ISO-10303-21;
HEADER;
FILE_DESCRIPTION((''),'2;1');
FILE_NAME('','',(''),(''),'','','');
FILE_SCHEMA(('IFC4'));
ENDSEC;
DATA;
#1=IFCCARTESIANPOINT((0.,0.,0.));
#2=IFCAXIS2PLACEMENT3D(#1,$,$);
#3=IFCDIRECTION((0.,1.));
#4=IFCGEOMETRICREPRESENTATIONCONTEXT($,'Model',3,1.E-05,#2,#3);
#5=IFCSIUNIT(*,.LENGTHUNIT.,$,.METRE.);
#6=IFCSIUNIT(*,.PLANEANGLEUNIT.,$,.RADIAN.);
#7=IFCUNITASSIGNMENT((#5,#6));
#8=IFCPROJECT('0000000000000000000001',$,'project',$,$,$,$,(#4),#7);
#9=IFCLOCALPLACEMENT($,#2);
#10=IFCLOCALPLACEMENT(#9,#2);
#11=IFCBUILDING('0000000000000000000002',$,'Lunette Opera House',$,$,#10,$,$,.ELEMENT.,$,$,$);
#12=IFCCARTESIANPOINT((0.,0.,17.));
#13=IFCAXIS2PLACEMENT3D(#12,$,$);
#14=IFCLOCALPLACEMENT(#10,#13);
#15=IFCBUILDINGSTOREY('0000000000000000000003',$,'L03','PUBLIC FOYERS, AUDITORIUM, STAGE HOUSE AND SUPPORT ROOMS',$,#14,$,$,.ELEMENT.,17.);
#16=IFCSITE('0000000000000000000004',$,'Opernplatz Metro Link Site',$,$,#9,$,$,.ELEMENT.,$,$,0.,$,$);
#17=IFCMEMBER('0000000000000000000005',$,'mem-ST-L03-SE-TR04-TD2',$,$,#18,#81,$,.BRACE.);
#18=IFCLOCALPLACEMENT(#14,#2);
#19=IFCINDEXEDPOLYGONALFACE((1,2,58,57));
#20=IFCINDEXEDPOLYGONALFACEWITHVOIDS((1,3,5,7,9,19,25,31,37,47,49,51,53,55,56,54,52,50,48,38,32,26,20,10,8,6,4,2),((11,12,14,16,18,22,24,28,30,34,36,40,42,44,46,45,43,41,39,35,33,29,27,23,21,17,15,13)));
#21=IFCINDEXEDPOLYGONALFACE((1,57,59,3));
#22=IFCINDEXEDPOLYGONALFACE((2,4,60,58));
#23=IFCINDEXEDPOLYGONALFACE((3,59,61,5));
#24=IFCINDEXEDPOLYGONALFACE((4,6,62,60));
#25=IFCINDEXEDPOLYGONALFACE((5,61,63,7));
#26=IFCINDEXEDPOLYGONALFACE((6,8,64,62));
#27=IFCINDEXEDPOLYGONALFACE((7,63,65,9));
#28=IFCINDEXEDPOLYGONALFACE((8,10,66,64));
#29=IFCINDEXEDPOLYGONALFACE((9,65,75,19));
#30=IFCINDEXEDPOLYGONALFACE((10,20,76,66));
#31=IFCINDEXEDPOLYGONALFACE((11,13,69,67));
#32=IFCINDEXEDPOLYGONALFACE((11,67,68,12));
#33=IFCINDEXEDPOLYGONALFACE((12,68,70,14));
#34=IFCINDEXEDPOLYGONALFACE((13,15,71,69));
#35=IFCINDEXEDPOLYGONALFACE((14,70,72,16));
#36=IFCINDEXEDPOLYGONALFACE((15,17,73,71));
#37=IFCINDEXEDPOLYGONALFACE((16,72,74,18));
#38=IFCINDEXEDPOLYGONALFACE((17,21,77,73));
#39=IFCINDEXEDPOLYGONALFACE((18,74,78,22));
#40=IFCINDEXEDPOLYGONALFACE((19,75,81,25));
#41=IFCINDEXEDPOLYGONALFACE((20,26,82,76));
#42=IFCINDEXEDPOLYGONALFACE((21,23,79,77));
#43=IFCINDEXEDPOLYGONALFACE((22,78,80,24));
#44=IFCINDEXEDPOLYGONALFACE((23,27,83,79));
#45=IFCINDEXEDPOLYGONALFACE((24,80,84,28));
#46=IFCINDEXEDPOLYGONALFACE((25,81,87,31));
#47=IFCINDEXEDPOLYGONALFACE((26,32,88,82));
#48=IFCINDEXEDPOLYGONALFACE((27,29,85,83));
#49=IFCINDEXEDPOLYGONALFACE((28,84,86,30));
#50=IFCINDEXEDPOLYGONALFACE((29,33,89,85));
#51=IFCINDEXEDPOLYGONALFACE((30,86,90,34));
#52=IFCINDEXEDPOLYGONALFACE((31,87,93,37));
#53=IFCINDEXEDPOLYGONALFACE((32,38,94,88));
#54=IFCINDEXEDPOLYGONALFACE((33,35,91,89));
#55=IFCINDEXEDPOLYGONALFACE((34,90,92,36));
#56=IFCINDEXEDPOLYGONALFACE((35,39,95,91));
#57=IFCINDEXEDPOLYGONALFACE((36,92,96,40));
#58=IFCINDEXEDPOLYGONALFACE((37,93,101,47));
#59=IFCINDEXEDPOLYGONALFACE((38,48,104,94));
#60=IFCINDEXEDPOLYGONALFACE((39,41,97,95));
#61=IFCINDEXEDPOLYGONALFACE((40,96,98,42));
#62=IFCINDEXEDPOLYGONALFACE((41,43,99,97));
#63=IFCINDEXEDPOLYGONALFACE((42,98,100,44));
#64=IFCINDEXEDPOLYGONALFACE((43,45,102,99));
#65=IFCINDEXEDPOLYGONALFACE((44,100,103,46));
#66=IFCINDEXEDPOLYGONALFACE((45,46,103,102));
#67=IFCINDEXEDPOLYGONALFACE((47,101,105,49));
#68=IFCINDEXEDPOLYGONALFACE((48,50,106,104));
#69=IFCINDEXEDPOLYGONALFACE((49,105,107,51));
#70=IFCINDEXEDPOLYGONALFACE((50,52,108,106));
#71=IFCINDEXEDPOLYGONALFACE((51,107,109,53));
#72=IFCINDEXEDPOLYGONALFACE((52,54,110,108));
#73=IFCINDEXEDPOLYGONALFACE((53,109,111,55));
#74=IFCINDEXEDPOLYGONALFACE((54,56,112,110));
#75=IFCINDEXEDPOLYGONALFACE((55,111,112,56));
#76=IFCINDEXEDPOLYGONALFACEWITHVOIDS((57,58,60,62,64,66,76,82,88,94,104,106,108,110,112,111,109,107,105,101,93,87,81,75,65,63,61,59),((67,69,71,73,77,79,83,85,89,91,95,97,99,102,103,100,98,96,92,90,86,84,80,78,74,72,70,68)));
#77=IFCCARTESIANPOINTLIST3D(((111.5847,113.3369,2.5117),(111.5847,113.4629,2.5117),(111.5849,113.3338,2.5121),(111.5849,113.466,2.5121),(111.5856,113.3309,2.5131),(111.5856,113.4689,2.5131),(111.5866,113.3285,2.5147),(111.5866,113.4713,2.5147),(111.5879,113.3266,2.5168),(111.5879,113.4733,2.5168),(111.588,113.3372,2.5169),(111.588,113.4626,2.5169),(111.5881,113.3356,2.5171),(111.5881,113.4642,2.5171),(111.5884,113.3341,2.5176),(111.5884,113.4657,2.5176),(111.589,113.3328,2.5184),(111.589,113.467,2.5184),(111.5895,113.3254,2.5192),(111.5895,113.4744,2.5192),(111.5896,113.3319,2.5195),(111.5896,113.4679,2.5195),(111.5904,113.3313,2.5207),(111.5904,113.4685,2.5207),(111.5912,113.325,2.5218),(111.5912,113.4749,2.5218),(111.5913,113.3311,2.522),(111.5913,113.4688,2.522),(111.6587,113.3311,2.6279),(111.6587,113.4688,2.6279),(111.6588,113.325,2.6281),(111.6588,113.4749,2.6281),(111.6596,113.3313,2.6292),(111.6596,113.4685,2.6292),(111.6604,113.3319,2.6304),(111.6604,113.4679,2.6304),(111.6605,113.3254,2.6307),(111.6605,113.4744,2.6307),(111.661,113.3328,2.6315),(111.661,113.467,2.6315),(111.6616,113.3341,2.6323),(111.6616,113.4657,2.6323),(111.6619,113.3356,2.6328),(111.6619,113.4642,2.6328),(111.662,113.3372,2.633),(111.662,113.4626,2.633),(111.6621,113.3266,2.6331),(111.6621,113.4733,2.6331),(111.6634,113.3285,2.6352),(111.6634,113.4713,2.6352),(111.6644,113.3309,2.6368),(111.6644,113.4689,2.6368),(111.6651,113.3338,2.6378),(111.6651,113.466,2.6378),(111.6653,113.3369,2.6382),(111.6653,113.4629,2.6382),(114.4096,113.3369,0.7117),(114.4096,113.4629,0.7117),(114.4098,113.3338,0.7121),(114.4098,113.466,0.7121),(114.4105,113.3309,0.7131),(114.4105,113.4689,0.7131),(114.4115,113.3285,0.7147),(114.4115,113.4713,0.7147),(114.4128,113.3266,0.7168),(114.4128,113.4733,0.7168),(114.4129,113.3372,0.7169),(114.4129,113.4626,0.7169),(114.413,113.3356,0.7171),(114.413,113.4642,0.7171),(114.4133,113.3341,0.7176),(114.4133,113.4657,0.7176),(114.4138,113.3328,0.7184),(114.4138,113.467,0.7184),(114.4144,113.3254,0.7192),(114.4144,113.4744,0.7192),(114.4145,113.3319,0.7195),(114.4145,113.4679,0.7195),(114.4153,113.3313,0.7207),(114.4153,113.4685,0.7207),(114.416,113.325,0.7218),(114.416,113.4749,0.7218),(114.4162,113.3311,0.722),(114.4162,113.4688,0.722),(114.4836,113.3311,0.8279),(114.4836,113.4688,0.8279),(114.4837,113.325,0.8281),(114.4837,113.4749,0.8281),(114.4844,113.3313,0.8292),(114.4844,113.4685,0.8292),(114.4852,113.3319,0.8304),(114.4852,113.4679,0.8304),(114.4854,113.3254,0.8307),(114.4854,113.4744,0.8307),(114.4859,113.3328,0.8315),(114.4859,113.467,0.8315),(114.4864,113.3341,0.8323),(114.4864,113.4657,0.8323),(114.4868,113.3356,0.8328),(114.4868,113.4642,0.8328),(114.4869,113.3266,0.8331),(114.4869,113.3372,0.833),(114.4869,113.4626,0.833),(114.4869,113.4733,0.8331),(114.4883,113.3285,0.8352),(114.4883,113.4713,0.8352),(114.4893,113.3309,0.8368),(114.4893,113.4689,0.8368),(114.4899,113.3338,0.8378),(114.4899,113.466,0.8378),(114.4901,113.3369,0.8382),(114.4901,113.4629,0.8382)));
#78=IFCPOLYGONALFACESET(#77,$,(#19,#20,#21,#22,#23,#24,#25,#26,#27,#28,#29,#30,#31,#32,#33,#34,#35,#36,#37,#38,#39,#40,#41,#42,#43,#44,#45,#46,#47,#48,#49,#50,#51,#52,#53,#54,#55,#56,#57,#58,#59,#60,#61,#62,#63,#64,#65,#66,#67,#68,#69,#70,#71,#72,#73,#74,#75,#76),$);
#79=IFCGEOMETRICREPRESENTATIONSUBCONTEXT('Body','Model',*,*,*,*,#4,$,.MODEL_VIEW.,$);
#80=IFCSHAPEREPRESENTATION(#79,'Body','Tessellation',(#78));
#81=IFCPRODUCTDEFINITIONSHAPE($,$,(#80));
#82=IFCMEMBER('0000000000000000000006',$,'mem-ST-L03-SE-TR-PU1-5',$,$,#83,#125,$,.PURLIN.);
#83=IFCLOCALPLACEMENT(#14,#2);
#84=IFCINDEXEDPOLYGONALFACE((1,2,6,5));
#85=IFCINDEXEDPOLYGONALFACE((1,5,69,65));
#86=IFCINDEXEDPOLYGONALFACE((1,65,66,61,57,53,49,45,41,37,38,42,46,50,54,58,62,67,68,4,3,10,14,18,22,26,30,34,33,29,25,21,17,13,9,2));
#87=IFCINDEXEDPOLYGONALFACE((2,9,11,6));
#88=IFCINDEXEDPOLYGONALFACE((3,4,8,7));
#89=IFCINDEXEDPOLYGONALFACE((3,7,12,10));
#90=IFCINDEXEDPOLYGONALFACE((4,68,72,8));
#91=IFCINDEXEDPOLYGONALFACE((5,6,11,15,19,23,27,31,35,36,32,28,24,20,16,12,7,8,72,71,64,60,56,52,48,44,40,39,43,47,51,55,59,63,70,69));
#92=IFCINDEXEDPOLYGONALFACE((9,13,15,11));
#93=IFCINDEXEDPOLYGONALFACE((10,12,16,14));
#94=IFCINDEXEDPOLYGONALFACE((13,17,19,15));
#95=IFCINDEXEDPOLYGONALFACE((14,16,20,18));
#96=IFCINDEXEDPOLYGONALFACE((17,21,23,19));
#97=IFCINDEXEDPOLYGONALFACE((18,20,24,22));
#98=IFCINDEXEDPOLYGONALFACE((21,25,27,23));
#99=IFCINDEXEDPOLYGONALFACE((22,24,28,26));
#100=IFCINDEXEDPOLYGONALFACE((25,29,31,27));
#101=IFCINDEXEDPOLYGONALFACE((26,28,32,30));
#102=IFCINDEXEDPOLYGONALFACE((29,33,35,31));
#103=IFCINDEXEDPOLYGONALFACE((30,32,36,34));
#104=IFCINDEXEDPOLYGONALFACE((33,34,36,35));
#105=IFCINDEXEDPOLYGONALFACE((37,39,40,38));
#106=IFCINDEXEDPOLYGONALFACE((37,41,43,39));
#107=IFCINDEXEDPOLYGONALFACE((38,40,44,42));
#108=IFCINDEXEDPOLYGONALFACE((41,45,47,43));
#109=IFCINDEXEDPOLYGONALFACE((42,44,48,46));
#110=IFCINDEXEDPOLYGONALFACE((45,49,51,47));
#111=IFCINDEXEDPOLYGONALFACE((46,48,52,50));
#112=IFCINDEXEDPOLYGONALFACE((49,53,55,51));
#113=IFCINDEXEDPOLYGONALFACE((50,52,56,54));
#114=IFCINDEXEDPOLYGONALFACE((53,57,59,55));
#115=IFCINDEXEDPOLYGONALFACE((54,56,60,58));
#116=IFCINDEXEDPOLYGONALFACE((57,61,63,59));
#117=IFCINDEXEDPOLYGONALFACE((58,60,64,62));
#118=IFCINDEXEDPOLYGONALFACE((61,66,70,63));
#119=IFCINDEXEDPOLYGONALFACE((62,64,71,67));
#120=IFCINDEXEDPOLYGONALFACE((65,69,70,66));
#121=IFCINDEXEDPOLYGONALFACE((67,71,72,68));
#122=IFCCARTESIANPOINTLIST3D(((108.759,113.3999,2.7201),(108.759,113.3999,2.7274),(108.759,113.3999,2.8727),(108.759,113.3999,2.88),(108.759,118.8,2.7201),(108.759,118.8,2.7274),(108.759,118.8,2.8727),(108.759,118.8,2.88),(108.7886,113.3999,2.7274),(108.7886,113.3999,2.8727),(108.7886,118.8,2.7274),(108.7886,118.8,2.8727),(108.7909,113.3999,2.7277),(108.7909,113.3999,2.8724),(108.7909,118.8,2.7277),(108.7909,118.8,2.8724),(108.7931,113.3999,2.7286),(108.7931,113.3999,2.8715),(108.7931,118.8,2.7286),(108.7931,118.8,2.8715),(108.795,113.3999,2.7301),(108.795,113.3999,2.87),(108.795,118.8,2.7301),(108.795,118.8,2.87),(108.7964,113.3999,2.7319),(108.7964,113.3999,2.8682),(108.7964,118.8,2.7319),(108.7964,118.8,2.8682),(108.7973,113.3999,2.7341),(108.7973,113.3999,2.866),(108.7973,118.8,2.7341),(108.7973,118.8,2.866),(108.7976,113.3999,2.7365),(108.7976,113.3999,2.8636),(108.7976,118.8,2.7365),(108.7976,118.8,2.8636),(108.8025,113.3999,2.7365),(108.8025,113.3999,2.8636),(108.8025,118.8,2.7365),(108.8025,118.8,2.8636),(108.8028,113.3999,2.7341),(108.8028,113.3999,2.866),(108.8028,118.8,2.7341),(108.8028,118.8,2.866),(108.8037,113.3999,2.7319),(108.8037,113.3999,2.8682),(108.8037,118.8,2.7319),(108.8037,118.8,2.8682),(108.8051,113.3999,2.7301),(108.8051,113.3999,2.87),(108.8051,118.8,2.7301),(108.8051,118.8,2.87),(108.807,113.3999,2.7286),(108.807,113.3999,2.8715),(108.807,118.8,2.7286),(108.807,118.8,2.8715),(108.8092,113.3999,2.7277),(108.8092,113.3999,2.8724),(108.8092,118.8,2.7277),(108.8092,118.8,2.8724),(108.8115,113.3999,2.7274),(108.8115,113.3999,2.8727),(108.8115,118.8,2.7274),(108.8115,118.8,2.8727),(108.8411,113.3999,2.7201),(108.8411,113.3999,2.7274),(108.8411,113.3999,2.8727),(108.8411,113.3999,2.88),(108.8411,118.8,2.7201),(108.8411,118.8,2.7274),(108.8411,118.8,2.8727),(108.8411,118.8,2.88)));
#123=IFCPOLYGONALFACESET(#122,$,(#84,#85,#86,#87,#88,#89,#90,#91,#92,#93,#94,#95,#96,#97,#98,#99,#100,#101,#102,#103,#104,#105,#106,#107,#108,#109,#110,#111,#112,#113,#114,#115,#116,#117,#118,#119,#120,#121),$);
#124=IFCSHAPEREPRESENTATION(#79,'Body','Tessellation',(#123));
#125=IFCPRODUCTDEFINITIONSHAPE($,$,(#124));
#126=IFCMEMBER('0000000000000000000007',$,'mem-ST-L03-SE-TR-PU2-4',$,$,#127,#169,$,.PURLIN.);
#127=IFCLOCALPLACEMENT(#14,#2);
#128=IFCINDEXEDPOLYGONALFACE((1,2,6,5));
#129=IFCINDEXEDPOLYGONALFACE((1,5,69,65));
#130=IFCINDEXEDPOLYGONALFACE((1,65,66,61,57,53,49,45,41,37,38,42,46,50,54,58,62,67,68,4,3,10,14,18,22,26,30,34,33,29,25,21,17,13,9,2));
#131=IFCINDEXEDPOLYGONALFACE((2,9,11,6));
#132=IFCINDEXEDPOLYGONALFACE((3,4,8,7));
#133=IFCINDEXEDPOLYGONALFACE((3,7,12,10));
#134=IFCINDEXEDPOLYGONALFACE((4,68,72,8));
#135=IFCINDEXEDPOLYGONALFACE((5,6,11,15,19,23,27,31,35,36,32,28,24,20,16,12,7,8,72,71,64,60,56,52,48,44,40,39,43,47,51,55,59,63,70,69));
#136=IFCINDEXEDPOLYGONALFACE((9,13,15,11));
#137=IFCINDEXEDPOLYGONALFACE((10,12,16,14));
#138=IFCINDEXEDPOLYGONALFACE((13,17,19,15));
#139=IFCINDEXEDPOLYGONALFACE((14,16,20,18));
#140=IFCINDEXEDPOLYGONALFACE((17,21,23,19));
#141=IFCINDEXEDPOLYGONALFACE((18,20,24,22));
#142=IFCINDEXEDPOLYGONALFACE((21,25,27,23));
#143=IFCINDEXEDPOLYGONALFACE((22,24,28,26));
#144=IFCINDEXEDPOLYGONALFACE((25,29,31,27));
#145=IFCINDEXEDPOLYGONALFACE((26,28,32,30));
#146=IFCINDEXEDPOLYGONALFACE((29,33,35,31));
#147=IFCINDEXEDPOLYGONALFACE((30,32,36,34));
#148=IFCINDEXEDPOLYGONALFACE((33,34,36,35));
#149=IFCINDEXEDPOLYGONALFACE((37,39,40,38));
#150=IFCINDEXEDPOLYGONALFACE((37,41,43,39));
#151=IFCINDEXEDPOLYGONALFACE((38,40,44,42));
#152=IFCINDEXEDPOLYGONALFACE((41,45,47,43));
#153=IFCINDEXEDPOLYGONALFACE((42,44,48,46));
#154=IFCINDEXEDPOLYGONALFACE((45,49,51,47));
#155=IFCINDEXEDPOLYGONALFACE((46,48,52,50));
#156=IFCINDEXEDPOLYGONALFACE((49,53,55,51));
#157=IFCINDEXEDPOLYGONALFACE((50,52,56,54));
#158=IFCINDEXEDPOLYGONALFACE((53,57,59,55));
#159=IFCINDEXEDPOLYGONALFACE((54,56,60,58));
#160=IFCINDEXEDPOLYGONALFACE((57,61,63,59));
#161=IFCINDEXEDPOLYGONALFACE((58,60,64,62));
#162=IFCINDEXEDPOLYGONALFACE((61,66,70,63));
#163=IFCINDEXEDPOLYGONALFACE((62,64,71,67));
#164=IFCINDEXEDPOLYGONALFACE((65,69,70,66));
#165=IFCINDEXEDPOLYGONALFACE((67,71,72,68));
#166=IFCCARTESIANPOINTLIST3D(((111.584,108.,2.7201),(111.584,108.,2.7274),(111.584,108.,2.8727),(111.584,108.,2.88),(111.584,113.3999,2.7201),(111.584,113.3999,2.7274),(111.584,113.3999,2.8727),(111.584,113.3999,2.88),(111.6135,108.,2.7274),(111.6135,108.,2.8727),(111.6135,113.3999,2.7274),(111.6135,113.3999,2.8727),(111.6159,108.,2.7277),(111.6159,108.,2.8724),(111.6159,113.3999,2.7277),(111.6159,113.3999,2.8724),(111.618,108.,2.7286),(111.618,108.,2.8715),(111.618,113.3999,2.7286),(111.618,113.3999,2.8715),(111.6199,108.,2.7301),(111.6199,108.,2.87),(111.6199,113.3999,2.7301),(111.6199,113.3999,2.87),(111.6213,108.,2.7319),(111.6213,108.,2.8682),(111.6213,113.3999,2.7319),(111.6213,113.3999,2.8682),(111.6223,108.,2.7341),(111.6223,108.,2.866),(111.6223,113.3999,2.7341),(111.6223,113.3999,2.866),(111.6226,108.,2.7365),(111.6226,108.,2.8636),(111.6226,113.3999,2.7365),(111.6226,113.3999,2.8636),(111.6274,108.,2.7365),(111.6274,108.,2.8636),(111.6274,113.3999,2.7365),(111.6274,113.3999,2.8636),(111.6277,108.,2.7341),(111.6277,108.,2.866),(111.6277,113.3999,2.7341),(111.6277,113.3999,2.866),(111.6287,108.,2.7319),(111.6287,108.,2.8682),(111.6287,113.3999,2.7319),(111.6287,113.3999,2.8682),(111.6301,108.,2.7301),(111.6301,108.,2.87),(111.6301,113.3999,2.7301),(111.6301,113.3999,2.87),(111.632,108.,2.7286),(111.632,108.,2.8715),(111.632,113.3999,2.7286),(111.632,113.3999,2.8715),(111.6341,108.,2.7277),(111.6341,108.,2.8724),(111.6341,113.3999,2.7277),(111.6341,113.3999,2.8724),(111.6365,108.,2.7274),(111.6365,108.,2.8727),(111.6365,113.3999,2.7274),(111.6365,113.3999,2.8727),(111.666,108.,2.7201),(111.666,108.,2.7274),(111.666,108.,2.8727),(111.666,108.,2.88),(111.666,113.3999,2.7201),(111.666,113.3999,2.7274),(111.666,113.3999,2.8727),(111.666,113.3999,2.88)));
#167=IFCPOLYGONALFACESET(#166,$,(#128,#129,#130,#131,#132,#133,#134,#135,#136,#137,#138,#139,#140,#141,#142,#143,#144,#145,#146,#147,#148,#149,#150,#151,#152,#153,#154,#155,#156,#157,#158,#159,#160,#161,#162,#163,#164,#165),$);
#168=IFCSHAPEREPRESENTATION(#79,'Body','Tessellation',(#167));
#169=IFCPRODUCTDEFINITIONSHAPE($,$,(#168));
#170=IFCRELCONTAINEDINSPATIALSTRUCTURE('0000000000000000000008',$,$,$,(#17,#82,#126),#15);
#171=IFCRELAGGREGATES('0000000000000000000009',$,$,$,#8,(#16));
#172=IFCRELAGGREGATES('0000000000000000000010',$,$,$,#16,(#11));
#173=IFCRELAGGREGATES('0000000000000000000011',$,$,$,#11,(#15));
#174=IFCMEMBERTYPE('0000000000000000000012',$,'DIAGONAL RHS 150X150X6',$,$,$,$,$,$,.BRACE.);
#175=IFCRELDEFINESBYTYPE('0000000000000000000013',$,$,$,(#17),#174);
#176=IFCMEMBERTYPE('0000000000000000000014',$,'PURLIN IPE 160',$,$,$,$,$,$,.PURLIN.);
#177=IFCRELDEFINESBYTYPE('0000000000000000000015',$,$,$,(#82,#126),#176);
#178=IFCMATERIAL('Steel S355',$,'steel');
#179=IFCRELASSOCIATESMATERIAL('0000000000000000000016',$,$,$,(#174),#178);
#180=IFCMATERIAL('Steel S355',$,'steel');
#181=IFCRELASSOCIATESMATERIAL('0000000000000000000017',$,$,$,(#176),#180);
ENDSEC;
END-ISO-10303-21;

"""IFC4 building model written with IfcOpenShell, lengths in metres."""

from ifc_helpers import new_model, si_unit, direction, frame, origin, origin_2d, place, context, subcontext, project, spatial, hollow_rectangle, i_section, extrude, material, material_profile, profile_set, type_object, element, save


model = new_model("IFC4")

# Units and contexts
model_context = context("Model", 3, precision=1e-05, world=origin(), true_north=direction((0.0, 1.0)))
body_context = subcontext(model_context, "Body", "Model", "MODEL_VIEW")
ifc_project = project(units=[si_unit("LENGTHUNIT", "METRE"), si_unit("PLANEANGLEUNIT", "RADIAN")], contexts=[model_context])

# Site, building, storey
site_placement = place(None, origin())
site = spatial("IfcSite", under=ifc_project, at=site_placement, Name="Opernplatz Metro Link Site", CompositionType="ELEMENT", RefElevation=0.0)
building_placement = place(site_placement, origin())
building = spatial("IfcBuilding", under=site, at=building_placement, Name="Lunette Opera House", CompositionType="ELEMENT")
storey_placement = place(building_placement, frame((0.0, 0.0, 17.0)))
storey = spatial("IfcBuildingStorey", under=building, at=storey_placement, Name="L03", Description="PUBLIC FOYERS, AUDITORIUM, STAGE HOUSE AND SUPPORT ROOMS", CompositionType="ELEMENT", Elevation=17.0)

# Members
ifc_material_1 = material(Name="Steel S355", Category="steel")
ifc_material_profile_1 = material_profile(ifc_material_1, hollow_rectangle(XDim=0.1499, YDim=0.1499, WallThickness=0.0061, InnerFilletRadius=0.0061, OuterFilletRadius=0.012, at=origin_2d()), Name="RHS 150X150X6")
ifc_profile_set_1 = profile_set([ifc_material_profile_1], Name="Steel S355")
member_type_1 = type_object("IfcMemberType", Name="DIAGONAL RHS 150X150X6", PredefinedType="BRACE", material=ifc_profile_set_1)
for number, where, z_axis, x_axis, name in (
    (1, (111.625, 113.3999, 2.575), (0.843343, 0.0, -0.537375), (0.0, 1.0, 0.0), "mem-ST-L03-SE-TR04-TD2"),
):
    element("IfcMember", number, at=place(storey_placement, frame(where, z_axis=z_axis, x_axis=x_axis)), inside=storey, type_object=member_type_1, Name=name, PredefinedType="BRACE", context=body_context, shape_type="SweptSolid", body=[
        extrude(hollow_rectangle(XDim=0.1499, YDim=0.1499, WallThickness=0.0061, InnerFilletRadius=0.0061, OuterFilletRadius=0.012, at=origin_2d()), origin(), (0.0, 0.0, 1.0), 3.3496),
    ])
ifc_material_2 = material(Name="Steel S355", Category="steel")
ifc_material_profile_2 = material_profile(ifc_material_2, i_section(OverallWidth=0.082, OverallDepth=0.1599, WebThickness=0.0049, FlangeThickness=0.0073, FilletRadius=0.009, at=origin_2d()), Name="IPE 160")
ifc_profile_set_2 = profile_set([ifc_material_profile_2], Name="Steel S355")
member_type_2 = type_object("IfcMemberType", Name="PURLIN IPE 160", PredefinedType="PURLIN", material=ifc_profile_set_2)
member_1_placement = place(storey_placement, frame((108.8, 113.3999, 2.8), z_axis=(0.0, 1.0, 0.0), x_axis=(-1.0, 0.0, 0.0)))
element("IfcMember", 2, at=member_1_placement, inside=storey, type_object=member_type_2, Name="mem-ST-L03-SE-TR-PU1-5", PredefinedType="PURLIN", context=body_context, shape_type="SweptSolid", body=[
    extrude(i_section(OverallWidth=0.082, OverallDepth=0.1599, WebThickness=0.0049, FlangeThickness=0.0073, FilletRadius=0.009, at=origin_2d()), origin(), (0.0, 0.0, 1.0), 5.4001),
])
member_2_placement = place(storey_placement, frame((111.625, 108.0, 2.8), z_axis=(0.0, 1.0, 0.0), x_axis=(-1.0, 0.0, 0.0)))
element("IfcMember", 3, at=member_2_placement, inside=storey, type_object=member_type_2, Name="mem-ST-L03-SE-TR-PU2-4", PredefinedType="PURLIN", context=body_context, shape_type="SweptSolid", body=[
    extrude(i_section(OverallWidth=0.082, OverallDepth=0.1599, WebThickness=0.0049, FlangeThickness=0.0073, FilletRadius=0.009, at=origin_2d()), origin(), (0.0, 0.0, 1.0), 5.3999),
])

save(model, "model.ifc")
